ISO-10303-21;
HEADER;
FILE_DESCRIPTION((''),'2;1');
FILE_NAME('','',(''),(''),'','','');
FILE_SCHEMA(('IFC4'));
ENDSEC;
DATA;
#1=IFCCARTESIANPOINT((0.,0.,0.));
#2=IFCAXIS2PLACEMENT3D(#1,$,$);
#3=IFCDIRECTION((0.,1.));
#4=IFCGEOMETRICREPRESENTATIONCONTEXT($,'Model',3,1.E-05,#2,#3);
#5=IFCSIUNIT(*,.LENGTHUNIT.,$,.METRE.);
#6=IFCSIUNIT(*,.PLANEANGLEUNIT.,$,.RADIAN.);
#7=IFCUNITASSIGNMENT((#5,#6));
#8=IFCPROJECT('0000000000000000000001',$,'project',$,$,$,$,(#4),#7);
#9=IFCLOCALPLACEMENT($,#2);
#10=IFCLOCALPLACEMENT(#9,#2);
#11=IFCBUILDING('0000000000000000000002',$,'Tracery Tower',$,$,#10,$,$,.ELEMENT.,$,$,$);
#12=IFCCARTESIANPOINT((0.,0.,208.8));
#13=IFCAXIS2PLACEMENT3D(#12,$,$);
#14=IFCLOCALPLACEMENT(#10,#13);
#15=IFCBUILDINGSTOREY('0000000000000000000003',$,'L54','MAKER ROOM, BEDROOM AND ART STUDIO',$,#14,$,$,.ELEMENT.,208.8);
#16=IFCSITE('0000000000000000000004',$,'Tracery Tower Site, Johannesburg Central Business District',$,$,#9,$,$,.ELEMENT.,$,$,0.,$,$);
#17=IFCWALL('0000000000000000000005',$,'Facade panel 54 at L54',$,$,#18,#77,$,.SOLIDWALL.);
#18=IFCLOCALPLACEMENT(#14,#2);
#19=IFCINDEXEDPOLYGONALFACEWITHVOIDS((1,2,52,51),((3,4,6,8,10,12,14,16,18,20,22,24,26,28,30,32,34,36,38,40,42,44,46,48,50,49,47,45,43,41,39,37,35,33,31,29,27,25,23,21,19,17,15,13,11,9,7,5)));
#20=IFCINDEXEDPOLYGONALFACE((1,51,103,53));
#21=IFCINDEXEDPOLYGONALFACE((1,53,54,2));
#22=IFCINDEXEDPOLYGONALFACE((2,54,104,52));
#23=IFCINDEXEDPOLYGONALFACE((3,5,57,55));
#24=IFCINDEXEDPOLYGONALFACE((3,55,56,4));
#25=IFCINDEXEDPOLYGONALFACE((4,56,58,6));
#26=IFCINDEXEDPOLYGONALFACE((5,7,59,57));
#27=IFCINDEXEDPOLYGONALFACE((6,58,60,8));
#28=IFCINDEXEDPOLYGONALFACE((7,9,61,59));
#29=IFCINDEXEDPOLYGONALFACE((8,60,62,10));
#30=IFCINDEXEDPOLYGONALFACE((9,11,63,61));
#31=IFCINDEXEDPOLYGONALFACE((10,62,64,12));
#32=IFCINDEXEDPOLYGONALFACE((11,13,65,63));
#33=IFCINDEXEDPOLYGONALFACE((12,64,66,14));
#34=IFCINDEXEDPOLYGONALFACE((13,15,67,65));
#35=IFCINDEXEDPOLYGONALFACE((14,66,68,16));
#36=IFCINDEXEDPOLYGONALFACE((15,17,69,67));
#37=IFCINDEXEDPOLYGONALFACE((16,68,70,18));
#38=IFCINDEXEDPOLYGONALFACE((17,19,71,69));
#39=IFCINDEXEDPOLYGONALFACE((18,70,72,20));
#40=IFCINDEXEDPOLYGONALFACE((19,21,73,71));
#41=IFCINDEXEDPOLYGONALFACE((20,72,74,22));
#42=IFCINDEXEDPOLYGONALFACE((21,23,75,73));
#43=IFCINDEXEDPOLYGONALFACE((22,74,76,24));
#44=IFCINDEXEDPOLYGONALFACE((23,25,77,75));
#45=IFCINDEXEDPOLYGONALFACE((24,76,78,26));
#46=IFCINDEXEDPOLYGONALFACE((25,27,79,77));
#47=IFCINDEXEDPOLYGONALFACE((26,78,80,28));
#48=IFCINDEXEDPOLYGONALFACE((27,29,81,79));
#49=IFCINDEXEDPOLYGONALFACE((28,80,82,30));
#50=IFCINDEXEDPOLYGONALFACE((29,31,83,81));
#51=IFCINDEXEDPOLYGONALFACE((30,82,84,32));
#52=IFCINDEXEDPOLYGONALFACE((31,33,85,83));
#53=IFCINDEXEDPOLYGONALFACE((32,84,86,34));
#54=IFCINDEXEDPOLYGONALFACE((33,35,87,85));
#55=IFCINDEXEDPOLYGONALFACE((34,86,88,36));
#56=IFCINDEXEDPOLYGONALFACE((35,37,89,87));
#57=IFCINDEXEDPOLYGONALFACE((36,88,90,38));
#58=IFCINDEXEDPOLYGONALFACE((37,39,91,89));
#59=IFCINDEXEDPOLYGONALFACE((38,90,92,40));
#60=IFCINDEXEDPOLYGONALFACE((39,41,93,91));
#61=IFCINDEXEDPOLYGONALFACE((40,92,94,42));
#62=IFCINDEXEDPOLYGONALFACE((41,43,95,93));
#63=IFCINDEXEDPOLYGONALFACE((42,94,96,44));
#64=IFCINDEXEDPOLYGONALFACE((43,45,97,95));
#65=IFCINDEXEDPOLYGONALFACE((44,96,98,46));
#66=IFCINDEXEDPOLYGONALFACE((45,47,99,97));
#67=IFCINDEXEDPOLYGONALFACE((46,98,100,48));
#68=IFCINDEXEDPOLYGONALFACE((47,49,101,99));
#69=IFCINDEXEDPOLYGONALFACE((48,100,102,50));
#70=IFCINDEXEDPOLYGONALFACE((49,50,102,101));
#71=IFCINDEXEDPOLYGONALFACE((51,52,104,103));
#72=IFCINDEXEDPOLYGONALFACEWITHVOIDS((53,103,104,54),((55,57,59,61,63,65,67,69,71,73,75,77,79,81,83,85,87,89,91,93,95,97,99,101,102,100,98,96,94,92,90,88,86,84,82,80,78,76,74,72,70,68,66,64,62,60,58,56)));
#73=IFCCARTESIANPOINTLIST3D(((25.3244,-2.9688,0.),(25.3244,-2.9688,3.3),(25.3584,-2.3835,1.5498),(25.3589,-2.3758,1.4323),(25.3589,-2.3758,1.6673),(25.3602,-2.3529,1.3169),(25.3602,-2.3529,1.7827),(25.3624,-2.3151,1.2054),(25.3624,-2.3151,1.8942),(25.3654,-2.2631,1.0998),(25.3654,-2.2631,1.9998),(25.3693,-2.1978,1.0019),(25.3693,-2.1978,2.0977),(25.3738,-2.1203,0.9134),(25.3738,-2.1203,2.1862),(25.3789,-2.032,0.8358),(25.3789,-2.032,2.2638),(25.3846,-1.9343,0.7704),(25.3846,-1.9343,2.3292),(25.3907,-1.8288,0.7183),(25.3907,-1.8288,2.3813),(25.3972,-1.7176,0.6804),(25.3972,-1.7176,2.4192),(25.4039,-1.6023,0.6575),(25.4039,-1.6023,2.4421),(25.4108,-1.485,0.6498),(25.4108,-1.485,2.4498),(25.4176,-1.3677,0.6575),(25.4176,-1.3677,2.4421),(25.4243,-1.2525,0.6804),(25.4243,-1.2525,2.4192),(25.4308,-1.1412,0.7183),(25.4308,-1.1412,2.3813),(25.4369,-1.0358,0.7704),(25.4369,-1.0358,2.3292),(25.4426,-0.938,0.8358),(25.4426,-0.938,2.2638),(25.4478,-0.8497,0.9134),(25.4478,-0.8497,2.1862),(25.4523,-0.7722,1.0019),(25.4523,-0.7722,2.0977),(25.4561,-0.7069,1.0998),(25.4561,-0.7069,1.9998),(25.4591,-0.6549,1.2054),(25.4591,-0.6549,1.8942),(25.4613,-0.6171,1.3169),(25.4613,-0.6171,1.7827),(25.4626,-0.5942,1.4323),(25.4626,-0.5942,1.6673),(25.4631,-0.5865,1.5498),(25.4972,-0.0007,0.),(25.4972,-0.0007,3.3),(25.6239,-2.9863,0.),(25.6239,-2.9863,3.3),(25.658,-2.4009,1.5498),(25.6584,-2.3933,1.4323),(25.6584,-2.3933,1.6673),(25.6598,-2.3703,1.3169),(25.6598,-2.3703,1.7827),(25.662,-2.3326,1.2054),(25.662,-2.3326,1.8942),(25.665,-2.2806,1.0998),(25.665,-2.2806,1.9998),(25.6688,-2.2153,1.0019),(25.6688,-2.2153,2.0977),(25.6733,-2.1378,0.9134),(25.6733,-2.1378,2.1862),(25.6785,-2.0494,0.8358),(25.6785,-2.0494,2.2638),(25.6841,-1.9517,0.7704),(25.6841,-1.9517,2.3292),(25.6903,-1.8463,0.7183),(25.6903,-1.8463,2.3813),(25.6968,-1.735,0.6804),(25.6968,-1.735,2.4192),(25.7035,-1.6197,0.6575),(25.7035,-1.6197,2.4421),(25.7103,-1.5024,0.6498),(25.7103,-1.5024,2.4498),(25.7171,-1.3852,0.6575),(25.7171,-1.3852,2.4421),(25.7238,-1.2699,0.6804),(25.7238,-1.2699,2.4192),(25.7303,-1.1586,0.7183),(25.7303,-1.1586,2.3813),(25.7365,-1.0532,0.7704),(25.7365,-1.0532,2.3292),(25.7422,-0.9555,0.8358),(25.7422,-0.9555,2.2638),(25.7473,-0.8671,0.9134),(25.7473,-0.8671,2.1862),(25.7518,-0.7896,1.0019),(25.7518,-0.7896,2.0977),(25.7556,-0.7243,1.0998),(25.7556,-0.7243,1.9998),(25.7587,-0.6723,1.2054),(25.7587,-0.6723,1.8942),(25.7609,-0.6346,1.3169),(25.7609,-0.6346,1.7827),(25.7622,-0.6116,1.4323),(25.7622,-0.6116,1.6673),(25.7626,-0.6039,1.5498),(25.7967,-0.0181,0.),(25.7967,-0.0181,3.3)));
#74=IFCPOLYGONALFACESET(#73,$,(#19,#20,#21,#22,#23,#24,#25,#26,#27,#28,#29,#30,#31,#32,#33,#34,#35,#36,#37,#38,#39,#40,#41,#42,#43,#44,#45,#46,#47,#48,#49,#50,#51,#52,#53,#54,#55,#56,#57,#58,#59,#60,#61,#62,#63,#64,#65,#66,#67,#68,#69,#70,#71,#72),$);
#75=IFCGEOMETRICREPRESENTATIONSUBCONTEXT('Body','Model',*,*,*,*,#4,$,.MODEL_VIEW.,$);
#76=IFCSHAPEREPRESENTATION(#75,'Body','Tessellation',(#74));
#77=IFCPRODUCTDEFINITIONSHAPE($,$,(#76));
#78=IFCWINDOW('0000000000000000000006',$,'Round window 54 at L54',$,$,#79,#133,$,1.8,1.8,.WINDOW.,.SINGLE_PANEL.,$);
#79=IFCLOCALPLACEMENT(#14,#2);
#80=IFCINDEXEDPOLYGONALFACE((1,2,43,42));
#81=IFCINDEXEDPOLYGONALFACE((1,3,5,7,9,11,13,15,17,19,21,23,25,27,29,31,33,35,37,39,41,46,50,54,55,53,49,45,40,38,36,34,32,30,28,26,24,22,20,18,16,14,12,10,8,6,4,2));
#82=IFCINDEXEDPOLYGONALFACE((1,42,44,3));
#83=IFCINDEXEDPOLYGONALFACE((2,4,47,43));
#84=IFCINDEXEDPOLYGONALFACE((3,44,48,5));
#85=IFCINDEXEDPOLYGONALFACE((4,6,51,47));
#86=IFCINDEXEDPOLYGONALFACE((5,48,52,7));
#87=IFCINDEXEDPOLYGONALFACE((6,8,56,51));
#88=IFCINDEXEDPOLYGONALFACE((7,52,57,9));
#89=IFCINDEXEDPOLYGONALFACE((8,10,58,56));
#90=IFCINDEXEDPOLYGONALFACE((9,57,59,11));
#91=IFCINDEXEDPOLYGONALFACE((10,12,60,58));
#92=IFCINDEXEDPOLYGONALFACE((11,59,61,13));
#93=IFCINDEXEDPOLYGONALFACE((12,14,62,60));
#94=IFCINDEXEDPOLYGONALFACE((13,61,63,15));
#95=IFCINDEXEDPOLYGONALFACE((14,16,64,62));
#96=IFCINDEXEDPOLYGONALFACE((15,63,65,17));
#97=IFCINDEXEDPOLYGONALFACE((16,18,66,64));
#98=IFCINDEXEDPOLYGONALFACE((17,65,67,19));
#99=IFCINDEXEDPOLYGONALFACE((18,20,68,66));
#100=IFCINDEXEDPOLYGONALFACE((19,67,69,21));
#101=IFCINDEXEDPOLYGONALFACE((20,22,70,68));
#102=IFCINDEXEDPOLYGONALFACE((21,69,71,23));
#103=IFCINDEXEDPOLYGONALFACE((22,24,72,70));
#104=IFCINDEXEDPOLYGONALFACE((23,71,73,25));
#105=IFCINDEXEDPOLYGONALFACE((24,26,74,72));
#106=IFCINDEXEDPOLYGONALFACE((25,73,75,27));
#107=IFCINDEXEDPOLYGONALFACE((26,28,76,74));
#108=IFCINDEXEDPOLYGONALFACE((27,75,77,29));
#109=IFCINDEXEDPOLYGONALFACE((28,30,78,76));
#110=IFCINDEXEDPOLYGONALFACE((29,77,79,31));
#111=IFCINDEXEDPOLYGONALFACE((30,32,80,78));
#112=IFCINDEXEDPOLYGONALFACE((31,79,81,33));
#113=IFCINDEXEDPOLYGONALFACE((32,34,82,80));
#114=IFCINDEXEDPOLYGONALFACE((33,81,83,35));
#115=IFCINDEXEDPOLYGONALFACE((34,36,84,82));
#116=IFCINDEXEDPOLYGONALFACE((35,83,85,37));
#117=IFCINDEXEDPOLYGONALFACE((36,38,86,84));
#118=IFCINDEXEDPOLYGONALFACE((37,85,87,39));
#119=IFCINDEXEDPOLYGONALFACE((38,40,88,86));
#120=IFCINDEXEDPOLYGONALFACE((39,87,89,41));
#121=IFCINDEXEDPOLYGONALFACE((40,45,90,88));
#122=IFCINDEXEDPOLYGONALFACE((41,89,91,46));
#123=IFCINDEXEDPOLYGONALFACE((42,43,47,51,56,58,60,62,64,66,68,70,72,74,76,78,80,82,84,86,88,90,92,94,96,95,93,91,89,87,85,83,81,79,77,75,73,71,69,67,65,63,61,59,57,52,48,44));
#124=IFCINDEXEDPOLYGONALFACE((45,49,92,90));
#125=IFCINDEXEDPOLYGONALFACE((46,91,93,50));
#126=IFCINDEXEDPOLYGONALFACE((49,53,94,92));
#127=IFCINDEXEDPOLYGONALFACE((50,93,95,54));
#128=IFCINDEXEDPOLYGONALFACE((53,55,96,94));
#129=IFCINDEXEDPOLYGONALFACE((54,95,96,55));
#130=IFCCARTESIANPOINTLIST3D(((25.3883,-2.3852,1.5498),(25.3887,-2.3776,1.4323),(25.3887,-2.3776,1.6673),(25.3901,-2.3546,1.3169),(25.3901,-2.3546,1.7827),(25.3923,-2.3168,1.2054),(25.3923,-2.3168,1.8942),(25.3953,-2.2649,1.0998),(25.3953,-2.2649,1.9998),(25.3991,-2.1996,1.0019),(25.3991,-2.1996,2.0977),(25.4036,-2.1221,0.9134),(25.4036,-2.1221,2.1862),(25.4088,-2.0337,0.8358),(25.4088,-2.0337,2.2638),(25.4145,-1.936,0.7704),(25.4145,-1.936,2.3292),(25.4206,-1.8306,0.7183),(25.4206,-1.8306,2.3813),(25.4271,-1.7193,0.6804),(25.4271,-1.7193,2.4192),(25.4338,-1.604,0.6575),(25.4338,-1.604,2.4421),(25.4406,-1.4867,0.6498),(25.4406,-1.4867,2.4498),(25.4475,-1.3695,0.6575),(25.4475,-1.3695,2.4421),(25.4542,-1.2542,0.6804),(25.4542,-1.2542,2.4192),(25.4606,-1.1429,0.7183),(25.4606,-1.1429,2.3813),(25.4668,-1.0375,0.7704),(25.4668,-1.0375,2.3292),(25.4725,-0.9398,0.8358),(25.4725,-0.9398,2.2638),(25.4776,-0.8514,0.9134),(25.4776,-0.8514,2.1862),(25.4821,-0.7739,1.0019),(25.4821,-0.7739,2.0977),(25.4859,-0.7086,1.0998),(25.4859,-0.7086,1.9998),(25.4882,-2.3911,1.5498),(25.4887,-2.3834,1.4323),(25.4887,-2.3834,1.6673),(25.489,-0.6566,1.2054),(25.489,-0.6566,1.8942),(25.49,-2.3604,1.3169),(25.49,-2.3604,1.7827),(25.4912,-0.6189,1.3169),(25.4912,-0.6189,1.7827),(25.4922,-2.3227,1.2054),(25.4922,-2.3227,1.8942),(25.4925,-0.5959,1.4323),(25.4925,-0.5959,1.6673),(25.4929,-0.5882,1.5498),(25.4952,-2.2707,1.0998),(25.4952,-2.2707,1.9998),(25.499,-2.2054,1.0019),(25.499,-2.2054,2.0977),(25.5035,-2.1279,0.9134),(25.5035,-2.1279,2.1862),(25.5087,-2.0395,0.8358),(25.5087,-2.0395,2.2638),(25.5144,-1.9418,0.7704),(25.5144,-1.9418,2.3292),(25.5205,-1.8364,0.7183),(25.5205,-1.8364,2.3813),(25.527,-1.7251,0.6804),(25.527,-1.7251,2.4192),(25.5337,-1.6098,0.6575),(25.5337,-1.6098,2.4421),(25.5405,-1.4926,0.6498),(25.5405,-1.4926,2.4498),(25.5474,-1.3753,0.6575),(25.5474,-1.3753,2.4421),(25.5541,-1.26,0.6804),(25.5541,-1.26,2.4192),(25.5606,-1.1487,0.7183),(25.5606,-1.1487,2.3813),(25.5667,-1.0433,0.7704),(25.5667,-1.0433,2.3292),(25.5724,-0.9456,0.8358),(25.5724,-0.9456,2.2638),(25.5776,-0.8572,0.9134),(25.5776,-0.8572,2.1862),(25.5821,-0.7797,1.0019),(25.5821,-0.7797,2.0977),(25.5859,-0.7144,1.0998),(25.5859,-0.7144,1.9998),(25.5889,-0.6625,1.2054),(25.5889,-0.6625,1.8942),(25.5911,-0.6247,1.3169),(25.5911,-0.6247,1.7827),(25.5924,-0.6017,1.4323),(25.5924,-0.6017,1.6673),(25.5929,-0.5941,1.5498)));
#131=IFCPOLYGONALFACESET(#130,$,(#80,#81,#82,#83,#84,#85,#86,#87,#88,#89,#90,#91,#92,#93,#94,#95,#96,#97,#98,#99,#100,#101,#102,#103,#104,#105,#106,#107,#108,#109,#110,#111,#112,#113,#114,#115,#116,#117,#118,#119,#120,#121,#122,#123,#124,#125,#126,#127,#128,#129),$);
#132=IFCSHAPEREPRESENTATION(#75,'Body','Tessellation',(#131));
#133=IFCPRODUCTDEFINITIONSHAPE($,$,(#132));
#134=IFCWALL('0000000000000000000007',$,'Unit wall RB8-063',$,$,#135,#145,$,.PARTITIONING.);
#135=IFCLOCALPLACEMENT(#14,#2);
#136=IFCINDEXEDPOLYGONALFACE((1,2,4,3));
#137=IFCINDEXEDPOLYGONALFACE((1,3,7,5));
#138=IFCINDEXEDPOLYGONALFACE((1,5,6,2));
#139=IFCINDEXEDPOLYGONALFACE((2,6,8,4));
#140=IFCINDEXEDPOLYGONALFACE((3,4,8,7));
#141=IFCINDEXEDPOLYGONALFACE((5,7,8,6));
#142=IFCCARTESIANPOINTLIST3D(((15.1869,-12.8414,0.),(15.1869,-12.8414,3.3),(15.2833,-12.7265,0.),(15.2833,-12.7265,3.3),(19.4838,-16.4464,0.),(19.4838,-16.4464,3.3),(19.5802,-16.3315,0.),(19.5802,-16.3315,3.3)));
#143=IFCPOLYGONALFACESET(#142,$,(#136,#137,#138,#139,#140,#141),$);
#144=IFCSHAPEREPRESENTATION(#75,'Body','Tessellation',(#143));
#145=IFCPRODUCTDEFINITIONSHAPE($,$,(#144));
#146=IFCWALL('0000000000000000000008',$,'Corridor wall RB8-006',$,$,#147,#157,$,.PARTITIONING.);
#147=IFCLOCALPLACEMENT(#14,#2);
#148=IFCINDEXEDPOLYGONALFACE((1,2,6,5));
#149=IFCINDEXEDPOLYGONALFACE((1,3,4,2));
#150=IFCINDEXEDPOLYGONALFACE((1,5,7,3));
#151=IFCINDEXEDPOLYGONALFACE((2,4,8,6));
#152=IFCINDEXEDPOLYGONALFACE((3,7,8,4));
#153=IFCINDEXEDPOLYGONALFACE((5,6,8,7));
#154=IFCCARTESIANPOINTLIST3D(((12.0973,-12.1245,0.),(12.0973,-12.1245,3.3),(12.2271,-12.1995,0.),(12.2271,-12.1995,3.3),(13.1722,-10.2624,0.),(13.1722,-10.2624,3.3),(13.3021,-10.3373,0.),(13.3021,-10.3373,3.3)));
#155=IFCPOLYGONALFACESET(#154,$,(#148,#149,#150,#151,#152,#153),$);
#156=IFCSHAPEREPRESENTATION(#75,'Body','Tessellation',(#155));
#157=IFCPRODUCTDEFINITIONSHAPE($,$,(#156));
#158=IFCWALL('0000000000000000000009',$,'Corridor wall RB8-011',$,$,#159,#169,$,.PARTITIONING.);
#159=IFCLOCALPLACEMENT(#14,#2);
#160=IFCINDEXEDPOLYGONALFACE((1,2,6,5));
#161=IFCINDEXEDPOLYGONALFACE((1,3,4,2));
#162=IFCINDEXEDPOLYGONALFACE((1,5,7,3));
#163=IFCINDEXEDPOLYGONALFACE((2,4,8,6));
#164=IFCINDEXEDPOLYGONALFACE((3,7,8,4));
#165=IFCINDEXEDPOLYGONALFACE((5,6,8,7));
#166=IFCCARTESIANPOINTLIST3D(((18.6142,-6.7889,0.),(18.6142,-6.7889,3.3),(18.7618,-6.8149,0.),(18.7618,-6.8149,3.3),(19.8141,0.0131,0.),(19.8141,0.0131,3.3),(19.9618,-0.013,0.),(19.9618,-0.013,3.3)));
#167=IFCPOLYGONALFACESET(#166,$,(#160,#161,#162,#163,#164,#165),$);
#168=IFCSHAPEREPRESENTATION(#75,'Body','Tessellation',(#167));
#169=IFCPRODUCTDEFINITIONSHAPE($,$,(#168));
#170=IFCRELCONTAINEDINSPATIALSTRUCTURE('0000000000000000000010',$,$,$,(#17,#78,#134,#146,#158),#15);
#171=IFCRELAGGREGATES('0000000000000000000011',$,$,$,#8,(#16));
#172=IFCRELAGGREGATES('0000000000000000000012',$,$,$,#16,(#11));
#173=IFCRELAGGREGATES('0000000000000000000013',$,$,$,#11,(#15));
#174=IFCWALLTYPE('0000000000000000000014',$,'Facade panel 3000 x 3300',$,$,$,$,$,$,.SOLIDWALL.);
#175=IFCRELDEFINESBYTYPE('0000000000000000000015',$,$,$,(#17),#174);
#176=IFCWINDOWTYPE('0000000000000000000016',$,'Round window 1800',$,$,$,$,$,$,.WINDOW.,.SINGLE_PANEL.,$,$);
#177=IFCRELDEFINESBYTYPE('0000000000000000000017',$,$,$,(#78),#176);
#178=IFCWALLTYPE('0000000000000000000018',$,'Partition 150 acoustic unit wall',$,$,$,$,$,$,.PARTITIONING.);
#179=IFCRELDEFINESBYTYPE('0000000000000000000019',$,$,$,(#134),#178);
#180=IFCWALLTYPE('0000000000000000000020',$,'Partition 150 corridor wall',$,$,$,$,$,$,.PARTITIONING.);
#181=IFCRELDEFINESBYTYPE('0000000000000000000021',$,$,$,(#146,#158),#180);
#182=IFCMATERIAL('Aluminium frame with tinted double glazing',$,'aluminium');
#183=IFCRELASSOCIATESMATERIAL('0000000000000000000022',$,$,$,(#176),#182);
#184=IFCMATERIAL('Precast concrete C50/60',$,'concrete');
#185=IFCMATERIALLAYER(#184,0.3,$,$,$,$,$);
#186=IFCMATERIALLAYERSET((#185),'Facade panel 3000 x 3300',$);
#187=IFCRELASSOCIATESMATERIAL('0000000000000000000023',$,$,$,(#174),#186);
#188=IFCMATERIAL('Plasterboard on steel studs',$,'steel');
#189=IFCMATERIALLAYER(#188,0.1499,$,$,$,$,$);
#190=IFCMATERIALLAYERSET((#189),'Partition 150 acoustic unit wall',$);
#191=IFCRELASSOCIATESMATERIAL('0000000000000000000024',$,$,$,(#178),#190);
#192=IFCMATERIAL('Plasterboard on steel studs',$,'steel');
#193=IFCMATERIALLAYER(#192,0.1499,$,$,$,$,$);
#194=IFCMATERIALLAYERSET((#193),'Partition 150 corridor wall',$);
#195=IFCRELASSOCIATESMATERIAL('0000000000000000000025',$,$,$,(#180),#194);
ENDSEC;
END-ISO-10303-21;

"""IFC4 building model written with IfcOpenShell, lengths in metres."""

from ifc_helpers import new_model, si_unit, direction, frame, frame_2d, origin, origin_2d, place, context, subcontext, project, spatial, rectangle, circle, extrude, material, layer, layer_set, type_object, element, fill, save


model = new_model("IFC4")

# Units and contexts
model_context = context("Model", 3, precision=1e-05, world=origin(), true_north=direction((0.0, 1.0)))
body_context = subcontext(model_context, "Body", "Model", "MODEL_VIEW")
ifc_project = project(units=[si_unit("LENGTHUNIT", "METRE"), si_unit("PLANEANGLEUNIT", "RADIAN")], contexts=[model_context])

# Site, building, storey
site_placement = place(None, origin())
site = spatial("IfcSite", under=ifc_project, at=site_placement, Name="Tracery Tower Site, Johannesburg Central Business District", CompositionType="ELEMENT", RefElevation=0.0)
building_placement = place(site_placement, origin())
building = spatial("IfcBuilding", under=site, at=building_placement, Name="Tracery Tower", CompositionType="ELEMENT")
storey_placement = place(building_placement, frame((0.0, 0.0, 208.8)))
storey = spatial("IfcBuildingStorey", under=building, at=storey_placement, Name="L54", Description="MAKER ROOM, BEDROOM AND ART STUDIO", CompositionType="ELEMENT", Elevation=208.8)

# Wall, opening, window
ifc_material_1 = material(Name="Aluminium frame with tinted double glazing", Category="aluminium")
window_type = type_object("IfcWindowType", Name="Round window 1800", PartitioningType="SINGLE_PANEL", PredefinedType="WINDOW", material=ifc_material_1)
ifc_material_2 = material(Name="Precast concrete C50/60", Category="concrete")
ifc_layer_1 = layer(ifc_material_2, 0.3)
ifc_layer_set_1 = layer_set([ifc_layer_1], Name="Facade panel 3000 x 3300")
wall_type_1 = type_object("IfcWallType", Name="Facade panel 3000 x 3300", PredefinedType="SOLIDWALL", material=ifc_layer_set_1)
wall_1_placement = place(storey_placement, frame((25.4741, -2.9775, 0.0), z_axis=(0.0, 0.0, 1.0), x_axis=(0.05814, 0.998308, 0.0)))
wall_1 = element("IfcWall", 1, at=wall_1_placement, inside=storey, type_object=wall_type_1, Name="Facade panel 54 at L54", PredefinedType="SOLIDWALL", context=body_context, shape_type="SweptSolid", body=[
    extrude(rectangle(XDim=2.9731, YDim=0.3, at=frame_2d((1.4866, 0.0))), origin(), (0.0, 0.0, 1.0), 3.3),
])
opening_1_placement = place(wall_1_placement, frame((1.4863, 0.0, 1.5498)))
opening_1 = element("IfcOpeningElement", 2, at=opening_1_placement, cuts=wall_1, PredefinedType="OPENING", context=body_context, shape_type="SweptSolid", body=[
    extrude(circle(Radius=0.9, at=origin_2d()), frame((0.0, 0.1599, 0.0), z_axis=(0.0, -1.0, 0.0), x_axis=(1.0, 0.0, 0.0)), (0.0, 0.0, 1.0), 0.3201),
])
window_1_placement = place(opening_1_placement, origin())
window_1 = element("IfcWindow", 3, at=window_1_placement, inside=storey, type_object=window_type, Name="Round window 54 at L54", OverallHeight=1.8, OverallWidth=1.8, PartitioningType="SINGLE_PANEL", PredefinedType="WINDOW", context=body_context, shape_type="SweptSolid", body=[
    extrude(circle(Radius=0.9, at=origin_2d()), frame((0.0, 0.1201, 0.0), z_axis=(0.0, -1.0, 0.0), x_axis=(1.0, 0.0, 0.0)), (0.0, 0.0, 1.0), 0.1001),
])
fill(opening_1, window_1)

# Walls
ifc_material_3 = material(Name="Plasterboard on steel studs", Category="steel")
ifc_layer_2 = layer(ifc_material_3, 0.1499)
ifc_layer_set_2 = layer_set([ifc_layer_2], Name="Partition 150 acoustic unit wall")
wall_type_2 = type_object("IfcWallType", Name="Partition 150 acoustic unit wall", PredefinedType="PARTITIONING", material=ifc_layer_set_2)
wall_2_placement = place(storey_placement, frame((15.2351, -12.7839, 0.0), z_axis=(0.0, 0.0, 1.0), x_axis=(0.766091, -0.642733, 0.0)))
element("IfcWall", 4, at=wall_2_placement, inside=storey, type_object=wall_type_2, Name="Unit wall RB8-063", PredefinedType="PARTITIONING", context=body_context, shape_type="SweptSolid", body=[
    extrude(rectangle(XDim=5.6089, YDim=0.1499, at=frame_2d((2.8044, 0.0))), origin(), (0.0, 0.0, 1.0), 3.3),
])
ifc_material_4 = material(Name="Plasterboard on steel studs", Category="steel")
ifc_layer_3 = layer(ifc_material_4, 0.1499)
ifc_layer_set_3 = layer_set([ifc_layer_3], Name="Partition 150 corridor wall")
wall_type_3 = type_object("IfcWallType", Name="Partition 150 corridor wall", PredefinedType="PARTITIONING", material=ifc_layer_set_3)
wall_3_placement = place(storey_placement, frame((12.1621, -12.1621, 0.0), z_axis=(0.0, 0.0, 1.0), x_axis=(0.499962, 0.866048, 0.0)))
element("IfcWall", 5, at=wall_3_placement, inside=storey, type_object=wall_type_3, Name="Corridor wall RB8-006", PredefinedType="PARTITIONING", context=body_context, shape_type="SweptSolid", body=[
    extrude(rectangle(XDim=2.1501, YDim=0.1499, at=frame_2d((1.0752, 0.0))), origin(), (0.0, 0.0, 1.0), 3.3),
])
wall_4_placement = place(storey_placement, frame((18.688, -6.802, 0.0), z_axis=(0.0, 0.0, 1.0), x_axis=(0.173729, 0.984794, 0.0)))
element("IfcWall", 6, at=wall_4_placement, inside=storey, type_object=wall_type_3, Name="Corridor wall RB8-011", PredefinedType="PARTITIONING", context=body_context, shape_type="SweptSolid", body=[
    extrude(rectangle(XDim=6.907, YDim=0.1499, at=frame_2d((3.4536, 0.0))), origin(), (0.0, 0.0, 1.0), 3.3),
])

save(model, "model.ifc")
